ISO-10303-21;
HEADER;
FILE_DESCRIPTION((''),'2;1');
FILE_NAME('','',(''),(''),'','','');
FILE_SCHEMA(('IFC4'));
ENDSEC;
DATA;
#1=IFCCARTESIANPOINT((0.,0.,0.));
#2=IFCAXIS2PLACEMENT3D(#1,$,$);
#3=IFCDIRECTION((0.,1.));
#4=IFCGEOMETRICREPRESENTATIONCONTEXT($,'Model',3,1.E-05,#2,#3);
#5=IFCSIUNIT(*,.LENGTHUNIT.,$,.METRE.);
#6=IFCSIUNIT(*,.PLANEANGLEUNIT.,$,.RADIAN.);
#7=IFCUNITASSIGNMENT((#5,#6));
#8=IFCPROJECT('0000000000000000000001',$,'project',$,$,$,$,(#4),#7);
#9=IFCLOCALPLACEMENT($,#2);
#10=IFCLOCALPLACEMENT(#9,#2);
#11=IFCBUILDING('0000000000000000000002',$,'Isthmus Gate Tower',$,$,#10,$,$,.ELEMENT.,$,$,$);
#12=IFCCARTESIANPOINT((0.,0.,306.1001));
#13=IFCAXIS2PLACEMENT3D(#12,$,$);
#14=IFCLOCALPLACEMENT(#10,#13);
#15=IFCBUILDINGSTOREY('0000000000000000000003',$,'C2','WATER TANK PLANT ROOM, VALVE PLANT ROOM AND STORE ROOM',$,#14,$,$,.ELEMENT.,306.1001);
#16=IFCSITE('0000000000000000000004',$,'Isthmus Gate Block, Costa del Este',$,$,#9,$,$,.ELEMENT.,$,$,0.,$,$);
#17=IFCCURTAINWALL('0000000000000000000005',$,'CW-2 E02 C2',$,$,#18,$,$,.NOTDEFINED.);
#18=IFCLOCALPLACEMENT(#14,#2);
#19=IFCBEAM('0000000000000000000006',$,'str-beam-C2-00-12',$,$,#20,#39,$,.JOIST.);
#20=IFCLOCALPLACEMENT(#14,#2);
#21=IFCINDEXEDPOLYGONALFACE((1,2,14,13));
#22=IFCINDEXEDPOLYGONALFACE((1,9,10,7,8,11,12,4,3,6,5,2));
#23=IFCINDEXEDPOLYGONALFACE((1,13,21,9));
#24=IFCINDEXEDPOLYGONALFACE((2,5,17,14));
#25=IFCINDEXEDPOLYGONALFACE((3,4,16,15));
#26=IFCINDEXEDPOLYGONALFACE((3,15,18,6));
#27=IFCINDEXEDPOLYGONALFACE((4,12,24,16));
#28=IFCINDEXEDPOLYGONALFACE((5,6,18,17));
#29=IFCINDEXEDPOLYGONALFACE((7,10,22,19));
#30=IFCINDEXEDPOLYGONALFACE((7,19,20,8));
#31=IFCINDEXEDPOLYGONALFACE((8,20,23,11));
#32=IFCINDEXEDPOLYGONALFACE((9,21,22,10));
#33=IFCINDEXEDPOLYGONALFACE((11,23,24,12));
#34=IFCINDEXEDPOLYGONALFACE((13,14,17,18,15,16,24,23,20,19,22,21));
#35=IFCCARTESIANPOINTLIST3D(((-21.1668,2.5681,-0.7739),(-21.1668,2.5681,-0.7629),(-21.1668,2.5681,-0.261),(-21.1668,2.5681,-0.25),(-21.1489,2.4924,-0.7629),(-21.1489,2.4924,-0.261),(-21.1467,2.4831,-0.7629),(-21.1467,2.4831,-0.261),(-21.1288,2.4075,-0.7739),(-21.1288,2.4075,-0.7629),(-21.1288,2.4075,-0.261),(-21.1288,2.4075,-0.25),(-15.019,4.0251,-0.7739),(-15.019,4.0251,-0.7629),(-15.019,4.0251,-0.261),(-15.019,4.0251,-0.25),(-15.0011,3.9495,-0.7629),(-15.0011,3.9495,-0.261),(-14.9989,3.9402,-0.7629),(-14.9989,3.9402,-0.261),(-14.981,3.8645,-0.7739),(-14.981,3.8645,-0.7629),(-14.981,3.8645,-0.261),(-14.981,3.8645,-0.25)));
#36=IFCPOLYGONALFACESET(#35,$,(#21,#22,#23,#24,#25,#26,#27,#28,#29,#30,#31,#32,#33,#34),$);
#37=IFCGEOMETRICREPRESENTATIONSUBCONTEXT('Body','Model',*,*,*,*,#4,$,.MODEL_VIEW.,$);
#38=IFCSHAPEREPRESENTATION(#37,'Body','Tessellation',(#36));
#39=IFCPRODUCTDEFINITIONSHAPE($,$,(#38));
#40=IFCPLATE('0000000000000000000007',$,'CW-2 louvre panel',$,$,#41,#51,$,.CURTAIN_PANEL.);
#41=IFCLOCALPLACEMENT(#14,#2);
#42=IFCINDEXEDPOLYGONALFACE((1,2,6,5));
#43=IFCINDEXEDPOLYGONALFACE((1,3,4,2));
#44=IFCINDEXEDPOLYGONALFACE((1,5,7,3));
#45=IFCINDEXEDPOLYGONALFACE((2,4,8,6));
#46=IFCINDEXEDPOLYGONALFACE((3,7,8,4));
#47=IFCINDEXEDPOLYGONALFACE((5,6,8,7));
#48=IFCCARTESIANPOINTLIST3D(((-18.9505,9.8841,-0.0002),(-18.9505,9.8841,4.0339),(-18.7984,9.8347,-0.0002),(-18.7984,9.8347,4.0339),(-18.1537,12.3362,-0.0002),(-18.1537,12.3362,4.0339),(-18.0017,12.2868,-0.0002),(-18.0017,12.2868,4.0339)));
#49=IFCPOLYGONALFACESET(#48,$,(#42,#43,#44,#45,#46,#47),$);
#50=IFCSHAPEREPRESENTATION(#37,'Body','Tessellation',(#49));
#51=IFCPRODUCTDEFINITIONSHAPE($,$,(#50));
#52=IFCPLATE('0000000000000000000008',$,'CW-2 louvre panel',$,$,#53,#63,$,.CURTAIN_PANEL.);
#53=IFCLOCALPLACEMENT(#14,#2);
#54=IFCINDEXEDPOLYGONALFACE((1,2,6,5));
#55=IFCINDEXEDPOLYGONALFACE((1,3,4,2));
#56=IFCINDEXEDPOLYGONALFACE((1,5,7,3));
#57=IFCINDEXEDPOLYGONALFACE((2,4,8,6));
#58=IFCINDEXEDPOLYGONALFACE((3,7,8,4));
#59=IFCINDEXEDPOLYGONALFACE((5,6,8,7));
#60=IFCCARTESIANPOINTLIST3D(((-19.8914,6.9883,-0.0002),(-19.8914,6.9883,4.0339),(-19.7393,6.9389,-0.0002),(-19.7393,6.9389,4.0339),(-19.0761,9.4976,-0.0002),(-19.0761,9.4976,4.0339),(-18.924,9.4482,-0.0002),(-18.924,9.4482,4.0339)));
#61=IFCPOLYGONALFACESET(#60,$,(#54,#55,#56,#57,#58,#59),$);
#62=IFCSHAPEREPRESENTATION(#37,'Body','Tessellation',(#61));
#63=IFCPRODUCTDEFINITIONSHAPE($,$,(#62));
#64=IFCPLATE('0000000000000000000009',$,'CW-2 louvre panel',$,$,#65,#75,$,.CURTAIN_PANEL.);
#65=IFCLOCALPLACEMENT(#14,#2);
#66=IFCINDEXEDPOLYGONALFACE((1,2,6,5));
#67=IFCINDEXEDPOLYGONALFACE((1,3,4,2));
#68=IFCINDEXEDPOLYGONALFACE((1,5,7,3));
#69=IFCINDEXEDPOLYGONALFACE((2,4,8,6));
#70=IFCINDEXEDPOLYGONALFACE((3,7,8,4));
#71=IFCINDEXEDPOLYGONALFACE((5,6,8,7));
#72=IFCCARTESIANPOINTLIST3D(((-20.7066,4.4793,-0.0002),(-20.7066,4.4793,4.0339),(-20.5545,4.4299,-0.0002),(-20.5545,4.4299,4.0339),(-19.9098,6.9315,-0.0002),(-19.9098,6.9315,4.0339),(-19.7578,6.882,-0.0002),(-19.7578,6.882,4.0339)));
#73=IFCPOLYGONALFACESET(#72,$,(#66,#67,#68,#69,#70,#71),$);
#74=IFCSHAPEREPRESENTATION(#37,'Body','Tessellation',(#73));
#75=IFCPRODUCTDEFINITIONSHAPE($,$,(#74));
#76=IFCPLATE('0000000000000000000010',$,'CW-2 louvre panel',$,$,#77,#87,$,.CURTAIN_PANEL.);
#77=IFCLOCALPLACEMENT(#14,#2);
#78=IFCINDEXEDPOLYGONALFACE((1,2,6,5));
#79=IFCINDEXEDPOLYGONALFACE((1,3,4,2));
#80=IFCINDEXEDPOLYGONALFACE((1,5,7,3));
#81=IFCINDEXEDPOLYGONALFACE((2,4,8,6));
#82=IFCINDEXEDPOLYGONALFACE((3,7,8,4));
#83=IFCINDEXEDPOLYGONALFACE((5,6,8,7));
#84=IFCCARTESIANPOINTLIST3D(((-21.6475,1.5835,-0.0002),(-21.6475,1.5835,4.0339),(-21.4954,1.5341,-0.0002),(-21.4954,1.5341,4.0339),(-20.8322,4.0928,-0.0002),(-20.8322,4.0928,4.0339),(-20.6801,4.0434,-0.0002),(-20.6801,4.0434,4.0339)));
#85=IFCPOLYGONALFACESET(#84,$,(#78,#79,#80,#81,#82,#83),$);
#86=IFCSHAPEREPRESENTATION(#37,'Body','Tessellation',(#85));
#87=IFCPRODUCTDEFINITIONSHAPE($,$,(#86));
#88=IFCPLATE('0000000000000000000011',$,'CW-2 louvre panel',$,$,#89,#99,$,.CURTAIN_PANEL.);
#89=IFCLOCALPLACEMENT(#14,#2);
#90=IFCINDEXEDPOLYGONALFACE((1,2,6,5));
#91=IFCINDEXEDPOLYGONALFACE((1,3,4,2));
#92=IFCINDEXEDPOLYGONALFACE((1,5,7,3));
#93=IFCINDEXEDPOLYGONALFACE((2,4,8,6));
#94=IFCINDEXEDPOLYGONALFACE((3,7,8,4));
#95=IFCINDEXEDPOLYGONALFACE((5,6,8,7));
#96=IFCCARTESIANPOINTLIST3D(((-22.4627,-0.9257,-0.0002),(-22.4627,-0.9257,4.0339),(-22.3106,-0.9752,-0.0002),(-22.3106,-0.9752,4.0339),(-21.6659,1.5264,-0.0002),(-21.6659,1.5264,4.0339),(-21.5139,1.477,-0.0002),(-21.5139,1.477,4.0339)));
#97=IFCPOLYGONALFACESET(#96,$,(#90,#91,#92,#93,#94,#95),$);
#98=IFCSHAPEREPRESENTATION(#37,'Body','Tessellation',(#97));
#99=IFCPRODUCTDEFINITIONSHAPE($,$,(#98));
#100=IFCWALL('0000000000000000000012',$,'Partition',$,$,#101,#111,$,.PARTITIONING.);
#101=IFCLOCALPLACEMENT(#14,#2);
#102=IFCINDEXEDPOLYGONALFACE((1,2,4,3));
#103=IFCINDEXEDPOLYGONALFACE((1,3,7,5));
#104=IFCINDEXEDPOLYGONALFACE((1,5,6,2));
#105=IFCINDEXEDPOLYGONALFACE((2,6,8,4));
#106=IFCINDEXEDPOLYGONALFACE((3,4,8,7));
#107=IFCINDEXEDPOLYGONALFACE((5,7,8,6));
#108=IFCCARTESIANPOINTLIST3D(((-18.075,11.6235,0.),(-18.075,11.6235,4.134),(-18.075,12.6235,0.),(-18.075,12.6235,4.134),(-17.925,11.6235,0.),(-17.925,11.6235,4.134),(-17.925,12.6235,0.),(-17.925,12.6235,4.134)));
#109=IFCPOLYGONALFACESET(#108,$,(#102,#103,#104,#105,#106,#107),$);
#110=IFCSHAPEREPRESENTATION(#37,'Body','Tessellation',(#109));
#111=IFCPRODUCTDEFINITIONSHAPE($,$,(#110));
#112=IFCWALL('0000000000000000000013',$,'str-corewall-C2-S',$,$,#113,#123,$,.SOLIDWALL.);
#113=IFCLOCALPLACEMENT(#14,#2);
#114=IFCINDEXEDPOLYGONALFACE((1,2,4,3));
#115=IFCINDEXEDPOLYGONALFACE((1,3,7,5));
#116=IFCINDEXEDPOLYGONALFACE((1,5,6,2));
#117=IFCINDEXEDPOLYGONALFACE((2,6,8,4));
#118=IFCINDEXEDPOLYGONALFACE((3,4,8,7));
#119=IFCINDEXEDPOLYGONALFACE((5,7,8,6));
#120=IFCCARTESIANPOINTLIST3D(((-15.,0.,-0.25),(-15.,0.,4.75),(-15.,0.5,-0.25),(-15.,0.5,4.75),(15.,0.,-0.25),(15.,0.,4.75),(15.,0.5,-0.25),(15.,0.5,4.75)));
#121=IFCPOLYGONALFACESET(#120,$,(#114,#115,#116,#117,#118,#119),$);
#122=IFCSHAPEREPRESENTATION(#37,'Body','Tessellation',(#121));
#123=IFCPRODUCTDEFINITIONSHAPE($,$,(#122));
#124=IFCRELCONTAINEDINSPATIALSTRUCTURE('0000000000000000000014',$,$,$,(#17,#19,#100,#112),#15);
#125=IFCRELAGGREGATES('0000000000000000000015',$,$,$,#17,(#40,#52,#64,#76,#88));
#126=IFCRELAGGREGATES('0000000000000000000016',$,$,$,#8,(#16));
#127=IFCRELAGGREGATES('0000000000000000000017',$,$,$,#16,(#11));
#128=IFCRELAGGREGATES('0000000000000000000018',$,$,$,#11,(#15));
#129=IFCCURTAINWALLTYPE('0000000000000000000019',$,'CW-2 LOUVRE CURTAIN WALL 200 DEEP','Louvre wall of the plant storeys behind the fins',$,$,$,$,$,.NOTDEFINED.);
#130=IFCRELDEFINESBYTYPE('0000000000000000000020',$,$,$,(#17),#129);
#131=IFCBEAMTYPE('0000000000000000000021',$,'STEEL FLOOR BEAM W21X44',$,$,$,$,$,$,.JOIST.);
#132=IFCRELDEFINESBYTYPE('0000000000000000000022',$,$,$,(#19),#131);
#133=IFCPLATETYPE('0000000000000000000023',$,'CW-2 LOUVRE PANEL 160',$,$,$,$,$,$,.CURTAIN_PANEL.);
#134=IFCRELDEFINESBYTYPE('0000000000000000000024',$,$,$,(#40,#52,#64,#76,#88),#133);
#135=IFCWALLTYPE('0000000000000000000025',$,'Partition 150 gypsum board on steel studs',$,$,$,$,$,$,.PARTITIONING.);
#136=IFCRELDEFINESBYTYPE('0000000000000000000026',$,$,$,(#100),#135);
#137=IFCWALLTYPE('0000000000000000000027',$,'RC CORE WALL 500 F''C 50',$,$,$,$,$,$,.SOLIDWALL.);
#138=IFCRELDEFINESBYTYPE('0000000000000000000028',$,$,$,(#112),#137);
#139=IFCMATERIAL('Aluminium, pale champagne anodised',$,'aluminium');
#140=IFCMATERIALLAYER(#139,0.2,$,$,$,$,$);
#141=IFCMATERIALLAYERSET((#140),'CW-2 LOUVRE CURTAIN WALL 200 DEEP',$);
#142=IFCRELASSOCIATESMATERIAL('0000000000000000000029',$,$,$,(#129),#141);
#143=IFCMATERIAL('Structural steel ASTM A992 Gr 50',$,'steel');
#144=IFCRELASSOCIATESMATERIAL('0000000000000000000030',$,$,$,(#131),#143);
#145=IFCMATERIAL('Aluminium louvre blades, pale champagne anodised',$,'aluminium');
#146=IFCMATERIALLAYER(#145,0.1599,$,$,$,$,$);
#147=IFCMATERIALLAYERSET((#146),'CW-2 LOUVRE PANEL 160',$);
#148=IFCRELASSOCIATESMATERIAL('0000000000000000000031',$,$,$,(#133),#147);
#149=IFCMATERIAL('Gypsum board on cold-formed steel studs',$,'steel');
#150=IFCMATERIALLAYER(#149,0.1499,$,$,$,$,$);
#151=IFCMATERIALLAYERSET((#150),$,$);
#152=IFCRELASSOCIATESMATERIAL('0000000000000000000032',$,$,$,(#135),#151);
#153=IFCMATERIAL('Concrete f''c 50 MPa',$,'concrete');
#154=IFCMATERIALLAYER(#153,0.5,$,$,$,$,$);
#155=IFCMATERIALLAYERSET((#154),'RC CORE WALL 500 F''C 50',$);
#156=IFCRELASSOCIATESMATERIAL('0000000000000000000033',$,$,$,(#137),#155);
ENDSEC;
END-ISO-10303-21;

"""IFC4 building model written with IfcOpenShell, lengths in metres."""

from ifc_helpers import new_model, si_unit, direction, frame, frame_2d, origin, origin_2d, place, context, subcontext, project, spatial, rectangle, i_section, extrude, material, layer, layer_set, material_profile, profile_set, type_object, element, aggregate, save


model = new_model("IFC4")

# Units and contexts
model_context = context("Model", 3, precision=1e-05, world=origin(), true_north=direction((0.0, 1.0)))
body_context = subcontext(model_context, "Body", "Model", "MODEL_VIEW")
ifc_project = project(units=[si_unit("LENGTHUNIT", "METRE"), si_unit("PLANEANGLEUNIT", "RADIAN")], contexts=[model_context])

# Site, building, storey
site_placement = place(None, origin())
site = spatial("IfcSite", under=ifc_project, at=site_placement, Name="Isthmus Gate Block, Costa del Este", CompositionType="ELEMENT", RefElevation=0.0)
building_placement = place(site_placement, origin())
building = spatial("IfcBuilding", under=site, at=building_placement, Name="Isthmus Gate Tower", CompositionType="ELEMENT")
storey_placement = place(building_placement, frame((0.0, 0.0, 306.1001)))
storey = spatial("IfcBuildingStorey", under=building, at=storey_placement, Name="C2", Description="WATER TANK PLANT ROOM, VALVE PLANT ROOM AND STORE ROOM", CompositionType="ELEMENT", Elevation=306.1001)

# Curtain wall
ifc_material_1 = material(Name="Aluminium, pale champagne anodised", Category="aluminium")
ifc_layer_1 = layer(ifc_material_1, 0.2)
ifc_layer_set_1 = layer_set([ifc_layer_1], Name="CW-2 LOUVRE CURTAIN WALL 200 DEEP")
curtain_wall_type = type_object("IfcCurtainWallType", Name="CW-2 LOUVRE CURTAIN WALL 200 DEEP", Description="Louvre wall of the plant storeys behind the fins", PredefinedType="NOTDEFINED", material=ifc_layer_set_1)
curtain_wall_placement = place(storey_placement, origin())
curtain_wall = element("IfcCurtainWall", 1, at=curtain_wall_placement, inside=storey, type_object=curtain_wall_type, Name="CW-2 E02 C2", PredefinedType="NOTDEFINED")

# Beam
ifc_material_2 = material(Name="Structural steel ASTM A992 Gr 50", Category="steel")
ifc_material_profile_1 = material_profile(ifc_material_2, i_section(OverallWidth=0.165, OverallDepth=0.5239, WebThickness=0.0095, FlangeThickness=0.011, at=origin_2d()), Name="W21X44")
ifc_profile_set_1 = profile_set([ifc_material_profile_1], Name="Structural steel ASTM A992 Gr 50")
beam_type_1 = type_object("IfcBeamType", Name="STEEL FLOOR BEAM W21X44", PredefinedType="JOIST", material=ifc_profile_set_1)
beam_1_placement = place(storey_placement, frame((-15.0, 3.9448, -0.512), z_axis=(-0.973045, -0.230616, 0.0), x_axis=(0.230616, -0.973045, 0.0)))
element("IfcBeam", 2, at=beam_1_placement, inside=storey, type_object=beam_type_1, Name="str-beam-C2-00-12", PredefinedType="JOIST", context=body_context, shape_type="SweptSolid", body=[
    extrude(i_section(OverallWidth=0.165, OverallDepth=0.5239, WebThickness=0.0095, FlangeThickness=0.011, at=origin_2d()), origin(), (0.0, 0.0, 1.0), 6.3181),
])

# Plates
ifc_material_3 = material(Name="Aluminium louvre blades, pale champagne anodised", Category="aluminium")
ifc_layer_2 = layer(ifc_material_3, 0.1599)
ifc_layer_set_2 = layer_set([ifc_layer_2], Name="CW-2 LOUVRE PANEL 160")
plate_type = type_object("IfcPlateType", Name="CW-2 LOUVRE PANEL 160", PredefinedType="CURTAIN_PANEL", material=ifc_layer_set_2)
plate_1_placement = place(storey_placement, frame((-18.4761, 11.0854, -0.0002), z_axis=(0.0, 0.0, 1.0), x_axis=(-0.309017, -0.951057, 0.0)))
plate_1 = element("IfcPlate", 3, at=plate_1_placement, type_object=plate_type, Name="CW-2 louvre panel", PredefinedType="CURTAIN_PANEL", context=body_context, shape_type="SweptSolid", body=[
    extrude(rectangle(XDim=2.5784, YDim=0.1599, at=origin_2d()), origin(), (0.0, 0.0, 1.0), 4.0342),
])
plate_2_placement = place(storey_placement, frame((-19.4077, 8.2183, -0.0002), z_axis=(0.0, 0.0, 1.0), x_axis=(-0.309017, -0.951057, 0.0)))
plate_2 = element("IfcPlate", 4, at=plate_2_placement, type_object=plate_type, Name="CW-2 louvre panel", PredefinedType="CURTAIN_PANEL", context=body_context, shape_type="SweptSolid", body=[
    extrude(rectangle(XDim=2.6384, YDim=0.1599, at=origin_2d()), origin(), (0.0, 0.0, 1.0), 4.0342),
])
plate_3_placement = place(storey_placement, frame((-20.2322, 5.6807, -0.0002), z_axis=(0.0, 0.0, 1.0), x_axis=(-0.309017, -0.951057, 0.0)))
plate_3 = element("IfcPlate", 5, at=plate_3_placement, type_object=plate_type, Name="CW-2 louvre panel", PredefinedType="CURTAIN_PANEL", context=body_context, shape_type="SweptSolid", body=[
    extrude(rectangle(XDim=2.5784, YDim=0.1599, at=origin_2d()), origin(), (0.0, 0.0, 1.0), 4.0342),
])
plate_4_placement = place(storey_placement, frame((-21.1638, 2.8135, -0.0002), z_axis=(0.0, 0.0, 1.0), x_axis=(-0.309017, -0.951057, 0.0)))
plate_4 = element("IfcPlate", 6, at=plate_4_placement, type_object=plate_type, Name="CW-2 louvre panel", PredefinedType="CURTAIN_PANEL", context=body_context, shape_type="SweptSolid", body=[
    extrude(rectangle(XDim=2.6384, YDim=0.1599, at=origin_2d()), origin(), (0.0, 0.0, 1.0), 4.0342),
])
plate_5_placement = place(storey_placement, frame((-21.9883, 0.2756, -0.0002), z_axis=(0.0, 0.0, 1.0), x_axis=(-0.309017, -0.951057, 0.0)))
plate_5 = element("IfcPlate", 7, at=plate_5_placement, type_object=plate_type, Name="CW-2 louvre panel", PredefinedType="CURTAIN_PANEL", context=body_context, shape_type="SweptSolid", body=[
    extrude(rectangle(XDim=2.5784, YDim=0.1599, at=origin_2d()), origin(), (0.0, 0.0, 1.0), 4.0342),
])
aggregate(curtain_wall, [plate_1, plate_2, plate_3, plate_4, plate_5])

# Walls
ifc_material_4 = material(Name="Gypsum board on cold-formed steel studs", Category="steel")
ifc_layer_3 = layer(ifc_material_4, 0.1499)
ifc_layer_set_3 = layer_set([ifc_layer_3])
wall_type_1 = type_object("IfcWallType", Name="Partition 150 gypsum board on steel studs", PredefinedType="PARTITIONING", material=ifc_layer_set_3)
wall_1_placement = place(storey_placement, frame((-18.0, 11.6235, 0.0), z_axis=(0.0, 0.0, 1.0), x_axis=(0.0, 1.0, 0.0)))
element("IfcWall", 8, at=wall_1_placement, inside=storey, type_object=wall_type_1, Name="Partition", PredefinedType="PARTITIONING", context=body_context, shape_type="SweptSolid", body=[
    extrude(rectangle(XDim=1.0, YDim=0.1499, at=frame_2d((0.5, 0.0))), origin(), (0.0, 0.0, 1.0), 4.134),
])
ifc_material_5 = material(Name="Concrete f'c 50 MPa", Category="concrete")
ifc_layer_4 = layer(ifc_material_5, 0.5)
ifc_layer_set_4 = layer_set([ifc_layer_4], Name="RC CORE WALL 500 F'C 50")
wall_type_2 = type_object("IfcWallType", Name="RC CORE WALL 500 F'C 50", PredefinedType="SOLIDWALL", material=ifc_layer_set_4)
wall_2_placement = place(storey_placement, frame((-15.0, 0.25, -0.25), z_axis=(0.0, 0.0, 1.0), x_axis=(1.0, 0.0, 0.0)))
element("IfcWall", 9, at=wall_2_placement, inside=storey, type_object=wall_type_2, Name="str-corewall-C2-S", PredefinedType="SOLIDWALL", context=body_context, shape_type="SweptSolid", body=[
    extrude(rectangle(XDim=30.0, YDim=0.5, at=frame_2d((15.0, 0.0))), origin(), (0.0, 0.0, 1.0), 5.0),
])

save(model, "model.ifc")
